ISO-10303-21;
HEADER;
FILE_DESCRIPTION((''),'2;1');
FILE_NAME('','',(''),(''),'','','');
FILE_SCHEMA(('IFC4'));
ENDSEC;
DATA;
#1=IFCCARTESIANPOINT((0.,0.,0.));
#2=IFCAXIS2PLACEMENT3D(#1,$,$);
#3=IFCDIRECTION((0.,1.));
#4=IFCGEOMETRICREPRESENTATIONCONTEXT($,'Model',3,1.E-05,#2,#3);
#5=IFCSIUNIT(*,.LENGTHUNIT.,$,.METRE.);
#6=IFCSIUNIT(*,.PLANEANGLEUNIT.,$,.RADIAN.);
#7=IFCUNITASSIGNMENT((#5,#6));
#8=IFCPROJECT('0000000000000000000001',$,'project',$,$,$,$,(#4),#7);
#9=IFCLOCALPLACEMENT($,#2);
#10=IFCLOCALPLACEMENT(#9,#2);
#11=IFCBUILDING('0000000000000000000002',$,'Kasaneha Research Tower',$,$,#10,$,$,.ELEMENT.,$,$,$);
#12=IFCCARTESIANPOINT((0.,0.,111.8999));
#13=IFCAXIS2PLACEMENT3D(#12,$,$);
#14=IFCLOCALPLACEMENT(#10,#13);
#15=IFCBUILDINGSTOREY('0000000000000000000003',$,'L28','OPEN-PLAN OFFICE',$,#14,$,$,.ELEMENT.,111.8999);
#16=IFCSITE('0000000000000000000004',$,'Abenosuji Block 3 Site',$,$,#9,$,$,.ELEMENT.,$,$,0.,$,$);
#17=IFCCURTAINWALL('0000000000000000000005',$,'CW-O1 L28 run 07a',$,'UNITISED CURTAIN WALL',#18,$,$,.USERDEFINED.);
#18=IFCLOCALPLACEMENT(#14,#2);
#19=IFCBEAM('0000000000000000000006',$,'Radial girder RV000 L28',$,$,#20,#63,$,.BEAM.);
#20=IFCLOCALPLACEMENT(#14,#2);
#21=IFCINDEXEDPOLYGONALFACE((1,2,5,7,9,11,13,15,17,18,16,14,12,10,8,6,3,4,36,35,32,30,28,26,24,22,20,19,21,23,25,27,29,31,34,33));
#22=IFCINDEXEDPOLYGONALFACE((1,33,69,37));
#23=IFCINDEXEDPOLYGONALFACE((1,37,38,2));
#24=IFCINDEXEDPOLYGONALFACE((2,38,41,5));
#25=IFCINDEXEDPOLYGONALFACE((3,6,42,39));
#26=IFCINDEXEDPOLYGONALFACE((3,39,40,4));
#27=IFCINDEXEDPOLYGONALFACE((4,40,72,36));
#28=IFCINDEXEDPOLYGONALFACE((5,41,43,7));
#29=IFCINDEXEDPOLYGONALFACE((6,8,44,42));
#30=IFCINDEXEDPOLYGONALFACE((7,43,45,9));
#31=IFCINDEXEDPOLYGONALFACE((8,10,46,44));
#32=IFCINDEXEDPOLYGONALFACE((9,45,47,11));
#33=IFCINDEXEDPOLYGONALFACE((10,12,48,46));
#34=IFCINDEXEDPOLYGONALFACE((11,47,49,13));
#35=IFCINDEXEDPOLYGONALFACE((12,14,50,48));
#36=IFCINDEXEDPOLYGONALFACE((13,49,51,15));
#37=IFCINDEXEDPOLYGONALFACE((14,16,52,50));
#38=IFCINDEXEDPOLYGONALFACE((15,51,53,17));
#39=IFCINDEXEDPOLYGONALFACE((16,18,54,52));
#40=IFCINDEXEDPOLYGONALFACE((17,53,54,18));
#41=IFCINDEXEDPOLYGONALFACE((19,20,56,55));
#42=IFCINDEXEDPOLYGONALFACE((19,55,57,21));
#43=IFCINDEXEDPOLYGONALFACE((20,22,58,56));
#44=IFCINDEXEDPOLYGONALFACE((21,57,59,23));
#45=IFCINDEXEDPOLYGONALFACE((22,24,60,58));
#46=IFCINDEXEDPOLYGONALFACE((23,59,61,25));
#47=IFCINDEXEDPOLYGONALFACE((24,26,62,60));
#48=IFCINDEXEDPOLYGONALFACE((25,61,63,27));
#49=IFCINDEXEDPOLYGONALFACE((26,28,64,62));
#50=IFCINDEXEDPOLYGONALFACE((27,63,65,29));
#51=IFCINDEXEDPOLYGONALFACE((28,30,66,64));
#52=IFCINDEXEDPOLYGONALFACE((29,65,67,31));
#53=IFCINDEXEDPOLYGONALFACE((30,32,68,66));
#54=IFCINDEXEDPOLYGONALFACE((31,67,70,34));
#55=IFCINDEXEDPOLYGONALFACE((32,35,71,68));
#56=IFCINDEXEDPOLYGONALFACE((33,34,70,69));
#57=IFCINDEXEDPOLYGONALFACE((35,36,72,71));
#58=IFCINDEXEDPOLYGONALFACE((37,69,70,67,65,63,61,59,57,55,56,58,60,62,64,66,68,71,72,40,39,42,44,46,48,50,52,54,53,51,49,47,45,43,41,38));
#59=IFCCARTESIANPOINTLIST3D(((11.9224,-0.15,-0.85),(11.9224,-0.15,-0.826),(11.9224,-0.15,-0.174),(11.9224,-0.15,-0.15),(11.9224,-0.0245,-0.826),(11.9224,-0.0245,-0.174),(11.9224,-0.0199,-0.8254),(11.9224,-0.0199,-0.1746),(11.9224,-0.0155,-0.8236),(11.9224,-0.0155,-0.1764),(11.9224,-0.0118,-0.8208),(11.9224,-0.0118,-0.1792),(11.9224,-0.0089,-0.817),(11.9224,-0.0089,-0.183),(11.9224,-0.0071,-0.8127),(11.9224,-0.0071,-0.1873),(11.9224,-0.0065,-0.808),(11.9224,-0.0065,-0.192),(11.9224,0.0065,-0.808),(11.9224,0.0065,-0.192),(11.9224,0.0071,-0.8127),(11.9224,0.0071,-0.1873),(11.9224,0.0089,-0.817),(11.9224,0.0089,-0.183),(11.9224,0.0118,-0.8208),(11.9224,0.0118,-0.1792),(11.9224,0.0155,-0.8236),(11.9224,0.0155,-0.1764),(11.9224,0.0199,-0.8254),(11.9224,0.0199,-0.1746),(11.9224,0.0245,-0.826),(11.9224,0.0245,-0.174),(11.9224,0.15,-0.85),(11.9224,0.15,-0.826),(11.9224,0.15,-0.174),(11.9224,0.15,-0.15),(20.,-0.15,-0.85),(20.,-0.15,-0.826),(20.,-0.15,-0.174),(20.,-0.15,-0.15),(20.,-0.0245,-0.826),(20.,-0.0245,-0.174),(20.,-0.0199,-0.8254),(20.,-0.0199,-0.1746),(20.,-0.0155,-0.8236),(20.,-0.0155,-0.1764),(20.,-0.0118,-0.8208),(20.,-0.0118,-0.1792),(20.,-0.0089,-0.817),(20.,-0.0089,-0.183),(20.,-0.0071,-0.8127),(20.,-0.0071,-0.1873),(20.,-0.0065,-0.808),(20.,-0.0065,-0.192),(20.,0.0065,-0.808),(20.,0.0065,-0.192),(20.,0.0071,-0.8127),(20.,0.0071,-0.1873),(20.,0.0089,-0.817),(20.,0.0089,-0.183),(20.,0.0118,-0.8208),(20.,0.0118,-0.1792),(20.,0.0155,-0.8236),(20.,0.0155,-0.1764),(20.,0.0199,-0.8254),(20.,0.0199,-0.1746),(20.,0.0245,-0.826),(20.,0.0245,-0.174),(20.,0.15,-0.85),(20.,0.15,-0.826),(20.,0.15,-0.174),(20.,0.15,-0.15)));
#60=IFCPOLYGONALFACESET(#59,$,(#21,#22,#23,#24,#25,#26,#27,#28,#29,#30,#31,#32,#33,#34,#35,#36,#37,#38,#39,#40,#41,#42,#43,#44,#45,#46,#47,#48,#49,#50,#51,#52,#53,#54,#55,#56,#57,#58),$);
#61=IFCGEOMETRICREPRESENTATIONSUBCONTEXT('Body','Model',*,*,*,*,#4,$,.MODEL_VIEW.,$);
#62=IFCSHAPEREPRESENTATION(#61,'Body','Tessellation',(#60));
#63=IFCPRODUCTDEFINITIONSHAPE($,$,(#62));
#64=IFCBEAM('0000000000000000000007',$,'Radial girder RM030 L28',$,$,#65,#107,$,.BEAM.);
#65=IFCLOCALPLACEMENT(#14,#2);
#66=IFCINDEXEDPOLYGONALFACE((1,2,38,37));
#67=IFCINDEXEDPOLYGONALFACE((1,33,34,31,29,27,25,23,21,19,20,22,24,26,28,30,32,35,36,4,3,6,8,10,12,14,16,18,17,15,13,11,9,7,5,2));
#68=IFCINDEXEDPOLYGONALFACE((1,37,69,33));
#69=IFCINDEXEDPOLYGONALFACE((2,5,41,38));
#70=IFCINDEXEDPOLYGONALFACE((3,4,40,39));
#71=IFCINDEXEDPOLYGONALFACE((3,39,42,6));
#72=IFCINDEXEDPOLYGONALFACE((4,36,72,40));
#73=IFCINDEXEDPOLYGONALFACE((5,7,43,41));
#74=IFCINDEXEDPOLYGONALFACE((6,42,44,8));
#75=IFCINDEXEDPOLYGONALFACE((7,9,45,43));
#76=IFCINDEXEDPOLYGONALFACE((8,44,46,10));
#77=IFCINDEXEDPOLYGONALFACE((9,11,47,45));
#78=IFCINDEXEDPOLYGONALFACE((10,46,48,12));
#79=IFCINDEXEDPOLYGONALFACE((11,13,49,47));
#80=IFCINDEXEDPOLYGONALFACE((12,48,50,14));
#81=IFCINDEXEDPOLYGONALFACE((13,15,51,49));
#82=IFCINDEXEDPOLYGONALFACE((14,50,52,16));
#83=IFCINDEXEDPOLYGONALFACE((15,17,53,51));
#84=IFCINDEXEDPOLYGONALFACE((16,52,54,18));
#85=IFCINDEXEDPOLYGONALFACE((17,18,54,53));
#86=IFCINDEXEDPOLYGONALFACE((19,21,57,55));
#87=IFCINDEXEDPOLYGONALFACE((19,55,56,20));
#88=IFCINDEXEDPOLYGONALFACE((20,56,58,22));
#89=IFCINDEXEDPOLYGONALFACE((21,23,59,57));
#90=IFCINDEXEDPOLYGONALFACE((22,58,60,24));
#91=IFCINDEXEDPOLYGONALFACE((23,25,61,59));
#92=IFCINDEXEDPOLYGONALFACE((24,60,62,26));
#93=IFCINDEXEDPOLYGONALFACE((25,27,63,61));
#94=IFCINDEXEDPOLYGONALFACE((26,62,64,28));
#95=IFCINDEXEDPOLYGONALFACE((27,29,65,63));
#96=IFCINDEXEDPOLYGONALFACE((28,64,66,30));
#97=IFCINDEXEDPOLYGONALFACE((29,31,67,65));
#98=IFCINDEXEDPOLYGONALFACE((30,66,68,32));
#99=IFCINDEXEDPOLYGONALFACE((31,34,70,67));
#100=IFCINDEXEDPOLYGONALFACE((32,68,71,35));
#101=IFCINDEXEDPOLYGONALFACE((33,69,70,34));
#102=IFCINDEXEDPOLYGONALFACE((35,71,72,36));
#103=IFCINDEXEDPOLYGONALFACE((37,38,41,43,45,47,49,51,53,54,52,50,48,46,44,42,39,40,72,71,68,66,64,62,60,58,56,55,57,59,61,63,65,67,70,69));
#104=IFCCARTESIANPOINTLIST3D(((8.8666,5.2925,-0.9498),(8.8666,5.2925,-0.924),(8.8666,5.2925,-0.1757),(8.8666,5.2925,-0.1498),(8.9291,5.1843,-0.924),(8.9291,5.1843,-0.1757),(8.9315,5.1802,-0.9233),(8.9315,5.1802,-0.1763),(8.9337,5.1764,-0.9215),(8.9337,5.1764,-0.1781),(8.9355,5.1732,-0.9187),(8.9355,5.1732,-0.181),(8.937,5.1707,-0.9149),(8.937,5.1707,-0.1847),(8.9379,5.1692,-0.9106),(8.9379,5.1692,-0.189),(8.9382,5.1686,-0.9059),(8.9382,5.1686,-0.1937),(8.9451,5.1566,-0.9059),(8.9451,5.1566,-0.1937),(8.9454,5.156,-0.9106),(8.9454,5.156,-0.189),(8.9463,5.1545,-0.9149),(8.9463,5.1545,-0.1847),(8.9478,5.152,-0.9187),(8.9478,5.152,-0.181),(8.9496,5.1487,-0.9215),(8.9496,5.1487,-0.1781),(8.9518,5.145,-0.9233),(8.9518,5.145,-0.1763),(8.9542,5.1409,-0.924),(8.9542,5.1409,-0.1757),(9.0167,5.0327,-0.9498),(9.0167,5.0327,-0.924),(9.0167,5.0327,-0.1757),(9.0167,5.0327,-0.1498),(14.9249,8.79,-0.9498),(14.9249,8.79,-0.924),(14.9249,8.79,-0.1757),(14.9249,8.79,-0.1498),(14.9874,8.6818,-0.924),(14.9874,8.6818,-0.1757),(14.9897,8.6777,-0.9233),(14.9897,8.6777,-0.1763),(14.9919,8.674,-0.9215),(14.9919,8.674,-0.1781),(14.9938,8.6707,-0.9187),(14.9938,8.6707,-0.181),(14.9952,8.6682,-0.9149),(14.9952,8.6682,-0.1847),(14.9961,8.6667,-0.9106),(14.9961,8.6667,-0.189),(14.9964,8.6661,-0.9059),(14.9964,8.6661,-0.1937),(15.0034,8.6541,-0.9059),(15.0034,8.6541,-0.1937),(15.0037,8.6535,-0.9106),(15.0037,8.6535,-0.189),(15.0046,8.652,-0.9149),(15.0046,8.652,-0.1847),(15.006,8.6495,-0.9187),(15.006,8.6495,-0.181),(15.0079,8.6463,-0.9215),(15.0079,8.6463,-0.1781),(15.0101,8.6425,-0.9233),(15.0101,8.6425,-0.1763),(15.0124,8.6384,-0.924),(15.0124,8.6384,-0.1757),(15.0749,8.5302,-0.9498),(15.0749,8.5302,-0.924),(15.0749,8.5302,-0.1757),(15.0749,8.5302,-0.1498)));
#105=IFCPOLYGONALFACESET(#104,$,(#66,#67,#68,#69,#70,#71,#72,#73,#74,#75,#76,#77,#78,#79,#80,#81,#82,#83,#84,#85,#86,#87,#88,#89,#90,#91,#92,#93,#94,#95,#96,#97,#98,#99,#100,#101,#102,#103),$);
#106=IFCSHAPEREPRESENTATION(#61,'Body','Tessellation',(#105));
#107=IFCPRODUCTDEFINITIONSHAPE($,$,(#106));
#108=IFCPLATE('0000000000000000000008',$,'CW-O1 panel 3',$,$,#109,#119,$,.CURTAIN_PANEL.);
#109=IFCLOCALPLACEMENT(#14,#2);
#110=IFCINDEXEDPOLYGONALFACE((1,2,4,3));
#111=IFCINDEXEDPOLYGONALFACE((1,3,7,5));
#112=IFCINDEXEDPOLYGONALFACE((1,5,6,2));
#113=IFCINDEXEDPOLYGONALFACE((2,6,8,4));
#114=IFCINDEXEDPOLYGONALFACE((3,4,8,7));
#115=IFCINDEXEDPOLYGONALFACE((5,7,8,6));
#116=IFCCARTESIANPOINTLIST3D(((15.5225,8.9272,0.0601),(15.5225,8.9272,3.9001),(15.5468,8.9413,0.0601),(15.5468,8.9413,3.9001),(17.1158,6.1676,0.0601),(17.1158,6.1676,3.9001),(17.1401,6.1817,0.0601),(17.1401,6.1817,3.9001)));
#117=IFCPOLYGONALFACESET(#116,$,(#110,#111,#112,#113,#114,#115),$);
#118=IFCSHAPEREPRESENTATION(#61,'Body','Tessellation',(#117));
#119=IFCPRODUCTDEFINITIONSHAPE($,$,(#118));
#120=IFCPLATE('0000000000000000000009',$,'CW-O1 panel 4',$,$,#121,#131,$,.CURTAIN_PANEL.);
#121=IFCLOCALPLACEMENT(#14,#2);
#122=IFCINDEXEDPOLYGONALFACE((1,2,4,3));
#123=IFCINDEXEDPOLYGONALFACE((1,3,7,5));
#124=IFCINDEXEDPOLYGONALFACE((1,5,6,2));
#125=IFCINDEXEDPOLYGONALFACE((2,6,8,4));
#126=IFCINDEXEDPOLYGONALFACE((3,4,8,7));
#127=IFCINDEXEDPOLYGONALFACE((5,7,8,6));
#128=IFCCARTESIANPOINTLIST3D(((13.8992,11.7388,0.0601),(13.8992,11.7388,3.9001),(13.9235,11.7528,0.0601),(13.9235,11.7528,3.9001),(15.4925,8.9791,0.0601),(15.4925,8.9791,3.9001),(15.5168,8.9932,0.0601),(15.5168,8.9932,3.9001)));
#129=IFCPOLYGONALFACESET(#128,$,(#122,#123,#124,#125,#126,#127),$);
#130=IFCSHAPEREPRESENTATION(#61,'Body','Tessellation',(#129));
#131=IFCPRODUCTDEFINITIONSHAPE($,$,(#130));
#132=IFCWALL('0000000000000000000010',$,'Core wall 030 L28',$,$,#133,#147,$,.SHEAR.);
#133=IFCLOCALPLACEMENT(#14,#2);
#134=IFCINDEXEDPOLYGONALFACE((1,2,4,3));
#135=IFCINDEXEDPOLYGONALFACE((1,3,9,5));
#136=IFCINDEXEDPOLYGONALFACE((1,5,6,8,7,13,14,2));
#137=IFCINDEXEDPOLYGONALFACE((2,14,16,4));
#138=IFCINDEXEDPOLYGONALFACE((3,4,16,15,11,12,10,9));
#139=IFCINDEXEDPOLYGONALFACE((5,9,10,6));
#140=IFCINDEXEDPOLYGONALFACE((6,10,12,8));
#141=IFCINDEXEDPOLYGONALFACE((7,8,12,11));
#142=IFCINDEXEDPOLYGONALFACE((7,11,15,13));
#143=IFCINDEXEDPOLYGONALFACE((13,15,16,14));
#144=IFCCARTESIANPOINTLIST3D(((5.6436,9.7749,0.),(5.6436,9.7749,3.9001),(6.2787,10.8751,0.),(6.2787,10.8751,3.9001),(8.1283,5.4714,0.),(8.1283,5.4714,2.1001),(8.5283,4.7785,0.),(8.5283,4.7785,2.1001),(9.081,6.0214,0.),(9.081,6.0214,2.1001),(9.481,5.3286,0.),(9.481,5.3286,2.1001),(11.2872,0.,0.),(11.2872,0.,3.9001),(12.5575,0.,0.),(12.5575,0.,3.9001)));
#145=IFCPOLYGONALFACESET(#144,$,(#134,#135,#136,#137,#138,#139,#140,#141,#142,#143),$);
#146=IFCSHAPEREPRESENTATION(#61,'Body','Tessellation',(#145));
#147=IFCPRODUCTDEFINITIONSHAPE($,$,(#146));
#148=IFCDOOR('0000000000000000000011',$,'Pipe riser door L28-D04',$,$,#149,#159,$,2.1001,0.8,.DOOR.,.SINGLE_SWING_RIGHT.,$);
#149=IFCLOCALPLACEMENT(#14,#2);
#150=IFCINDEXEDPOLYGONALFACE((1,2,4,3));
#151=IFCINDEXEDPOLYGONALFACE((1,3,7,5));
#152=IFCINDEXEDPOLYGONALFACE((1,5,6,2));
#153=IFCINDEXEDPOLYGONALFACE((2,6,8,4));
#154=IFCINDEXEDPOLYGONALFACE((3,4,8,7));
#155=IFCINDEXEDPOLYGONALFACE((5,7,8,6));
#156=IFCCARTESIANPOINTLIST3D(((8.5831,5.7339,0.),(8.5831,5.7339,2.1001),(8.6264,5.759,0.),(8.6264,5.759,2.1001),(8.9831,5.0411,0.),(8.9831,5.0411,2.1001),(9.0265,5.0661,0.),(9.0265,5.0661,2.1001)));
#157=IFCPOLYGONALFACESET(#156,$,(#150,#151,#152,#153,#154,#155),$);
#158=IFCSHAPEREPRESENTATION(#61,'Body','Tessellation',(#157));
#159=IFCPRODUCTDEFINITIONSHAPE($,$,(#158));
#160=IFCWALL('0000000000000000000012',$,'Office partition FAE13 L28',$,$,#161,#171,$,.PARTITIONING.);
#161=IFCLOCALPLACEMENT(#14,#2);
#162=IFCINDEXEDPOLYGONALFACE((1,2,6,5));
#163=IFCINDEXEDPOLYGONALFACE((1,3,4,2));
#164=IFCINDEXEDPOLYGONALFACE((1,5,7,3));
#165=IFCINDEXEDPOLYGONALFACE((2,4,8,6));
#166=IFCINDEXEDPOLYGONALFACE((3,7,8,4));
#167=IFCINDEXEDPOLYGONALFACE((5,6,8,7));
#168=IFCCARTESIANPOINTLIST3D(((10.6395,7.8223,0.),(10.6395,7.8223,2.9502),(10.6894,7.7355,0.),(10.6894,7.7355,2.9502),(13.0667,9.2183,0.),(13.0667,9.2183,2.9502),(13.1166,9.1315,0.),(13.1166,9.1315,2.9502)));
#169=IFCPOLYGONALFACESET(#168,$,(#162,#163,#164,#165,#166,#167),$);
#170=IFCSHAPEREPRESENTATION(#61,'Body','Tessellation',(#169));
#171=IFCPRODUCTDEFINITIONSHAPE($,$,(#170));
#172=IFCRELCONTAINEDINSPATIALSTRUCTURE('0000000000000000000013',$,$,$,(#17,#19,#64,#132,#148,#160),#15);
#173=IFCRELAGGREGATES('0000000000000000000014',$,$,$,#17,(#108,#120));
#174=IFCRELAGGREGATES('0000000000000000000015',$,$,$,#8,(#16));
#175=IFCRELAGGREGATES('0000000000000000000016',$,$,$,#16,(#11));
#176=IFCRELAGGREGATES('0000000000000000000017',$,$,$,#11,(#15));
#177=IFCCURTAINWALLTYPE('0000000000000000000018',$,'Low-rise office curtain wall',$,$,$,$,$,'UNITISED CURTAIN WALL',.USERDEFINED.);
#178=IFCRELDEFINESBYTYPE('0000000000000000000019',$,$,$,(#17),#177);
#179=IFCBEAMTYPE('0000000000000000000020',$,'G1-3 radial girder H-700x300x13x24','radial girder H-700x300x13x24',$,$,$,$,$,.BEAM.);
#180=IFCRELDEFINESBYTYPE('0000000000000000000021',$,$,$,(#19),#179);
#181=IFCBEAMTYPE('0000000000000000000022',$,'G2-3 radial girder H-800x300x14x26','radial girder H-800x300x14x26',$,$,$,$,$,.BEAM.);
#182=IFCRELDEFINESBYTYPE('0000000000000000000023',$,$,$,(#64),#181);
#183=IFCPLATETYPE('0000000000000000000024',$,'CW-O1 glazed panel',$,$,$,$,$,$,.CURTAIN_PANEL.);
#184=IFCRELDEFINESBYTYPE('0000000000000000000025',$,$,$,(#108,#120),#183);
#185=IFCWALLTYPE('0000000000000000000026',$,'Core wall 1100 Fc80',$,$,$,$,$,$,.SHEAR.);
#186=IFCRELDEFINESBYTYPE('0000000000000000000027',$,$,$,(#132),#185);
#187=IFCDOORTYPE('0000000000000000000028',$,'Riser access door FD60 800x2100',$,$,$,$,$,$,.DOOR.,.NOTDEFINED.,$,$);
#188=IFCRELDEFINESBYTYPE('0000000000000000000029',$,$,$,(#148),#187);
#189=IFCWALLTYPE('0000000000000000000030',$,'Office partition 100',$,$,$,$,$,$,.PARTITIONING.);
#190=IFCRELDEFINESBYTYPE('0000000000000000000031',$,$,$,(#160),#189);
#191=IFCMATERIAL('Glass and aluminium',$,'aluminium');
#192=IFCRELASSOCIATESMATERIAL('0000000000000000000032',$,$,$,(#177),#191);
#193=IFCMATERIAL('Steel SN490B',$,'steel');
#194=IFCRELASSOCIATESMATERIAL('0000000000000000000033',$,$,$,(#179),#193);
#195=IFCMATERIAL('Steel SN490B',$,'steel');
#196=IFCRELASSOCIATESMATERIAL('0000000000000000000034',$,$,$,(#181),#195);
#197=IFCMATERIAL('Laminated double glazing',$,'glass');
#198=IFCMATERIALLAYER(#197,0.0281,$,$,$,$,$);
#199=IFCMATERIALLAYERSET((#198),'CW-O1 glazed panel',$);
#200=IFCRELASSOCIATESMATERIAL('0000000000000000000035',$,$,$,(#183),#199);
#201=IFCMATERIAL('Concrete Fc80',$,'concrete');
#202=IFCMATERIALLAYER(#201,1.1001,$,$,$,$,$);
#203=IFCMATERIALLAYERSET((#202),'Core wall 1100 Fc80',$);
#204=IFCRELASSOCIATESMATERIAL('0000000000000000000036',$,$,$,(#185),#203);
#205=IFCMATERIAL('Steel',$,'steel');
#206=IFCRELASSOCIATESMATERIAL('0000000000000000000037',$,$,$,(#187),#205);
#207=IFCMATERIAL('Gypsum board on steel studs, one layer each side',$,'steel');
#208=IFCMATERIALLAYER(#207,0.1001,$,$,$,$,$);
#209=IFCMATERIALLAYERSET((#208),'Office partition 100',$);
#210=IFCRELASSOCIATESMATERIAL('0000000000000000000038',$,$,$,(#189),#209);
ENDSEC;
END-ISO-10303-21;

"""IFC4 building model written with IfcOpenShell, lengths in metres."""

from ifc_helpers import new_model, si_unit, direction, frame, frame_2d, origin, origin_2d, place, context, subcontext, project, spatial, polyline, rectangle, i_section, outline, extrude, material, layer, layer_set, material_profile, profile_set, type_object, element, fill, aggregate, save


model = new_model("IFC4")

# Units and contexts
model_context = context("Model", 3, precision=1e-05, world=origin(), true_north=direction((0.0, 1.0)))
body_context = subcontext(model_context, "Body", "Model", "MODEL_VIEW")
ifc_project = project(units=[si_unit("LENGTHUNIT", "METRE"), si_unit("PLANEANGLEUNIT", "RADIAN")], contexts=[model_context])

# Site, building, storey
site_placement = place(None, origin())
site = spatial("IfcSite", under=ifc_project, at=site_placement, Name="Abenosuji Block 3 Site", CompositionType="ELEMENT", RefElevation=0.0)
building_placement = place(site_placement, origin())
building = spatial("IfcBuilding", under=site, at=building_placement, Name="Kasaneha Research Tower", CompositionType="ELEMENT")
storey_placement = place(building_placement, frame((0.0, 0.0, 111.8999)))
storey = spatial("IfcBuildingStorey", under=building, at=storey_placement, Name="L28", Description="OPEN-PLAN OFFICE", CompositionType="ELEMENT", Elevation=111.8999)

# Curtain wall
ifc_material_1 = material(Name="Glass and aluminium", Category="aluminium")
curtain_wall_type = type_object("IfcCurtainWallType", Name="Low-rise office curtain wall", ElementType="UNITISED CURTAIN WALL", PredefinedType="USERDEFINED", material=ifc_material_1)
curtain_wall_placement = place(storey_placement, origin())
curtain_wall = element("IfcCurtainWall", 1, at=curtain_wall_placement, inside=storey, type_object=curtain_wall_type, Name="CW-O1 L28 run 07a", ObjectType="UNITISED CURTAIN WALL", PredefinedType="USERDEFINED")

# Beams
ifc_material_2 = material(Name="Steel SN490B", Category="steel")
ifc_material_profile_1 = material_profile(ifc_material_2, i_section(OverallWidth=0.3, OverallDepth=0.7, WebThickness=0.0129, FlangeThickness=0.0239, FilletRadius=0.0181, at=origin_2d()), Name="H-700x300x13x24")
ifc_profile_set_1 = profile_set([ifc_material_profile_1], Name="Steel SN490B")
beam_type_1 = type_object("IfcBeamType", Name="G1-3 radial girder H-700x300x13x24", Description="radial girder H-700x300x13x24", PredefinedType="BEAM", material=ifc_profile_set_1)
beam_1_placement = place(storey_placement, frame((11.9224, 0.0, -0.5), z_axis=(1.0, 0.0, 0.0), x_axis=(0.0, 1.0, 0.0)))
element("IfcBeam", 2, at=beam_1_placement, inside=storey, type_object=beam_type_1, Name="Radial girder RV000 L28", PredefinedType="BEAM", context=body_context, shape_type="SweptSolid", body=[
    extrude(i_section(OverallWidth=0.3, OverallDepth=0.7, WebThickness=0.0129, FlangeThickness=0.0239, FilletRadius=0.0181, at=origin_2d()), origin(), (0.0, 0.0, 1.0), 8.0776),
])
ifc_material_3 = material(Name="Steel SN490B", Category="steel")
ifc_material_profile_2 = material_profile(ifc_material_3, i_section(OverallWidth=0.3, OverallDepth=0.8, WebThickness=0.0139, FlangeThickness=0.0259, FilletRadius=0.0181, at=origin_2d()), Name="H-800x300x14x26")
ifc_profile_set_2 = profile_set([ifc_material_profile_2], Name="Steel SN490B")
beam_type_2 = type_object("IfcBeamType", Name="G2-3 radial girder H-800x300x14x26", Description="radial girder H-800x300x14x26", PredefinedType="BEAM", material=ifc_profile_set_2)
beam_2_placement = place(storey_placement, frame((8.9417, 5.1626, -0.5498), z_axis=(0.86604, 0.499975, 0.0), x_axis=(-0.499975, 0.86604, 0.0)))
element("IfcBeam", 3, at=beam_2_placement, inside=storey, type_object=beam_type_2, Name="Radial girder RM030 L28", PredefinedType="BEAM", context=body_context, shape_type="SweptSolid", body=[
    extrude(i_section(OverallWidth=0.3, OverallDepth=0.8, WebThickness=0.0139, FlangeThickness=0.0259, FilletRadius=0.0181, at=origin_2d()), origin(), (0.0, 0.0, 1.0), 6.9954),
])

# Plates
ifc_material_4 = material(Name="Laminated double glazing", Category="glass")
ifc_layer_1 = layer(ifc_material_4, 0.0281)
ifc_layer_set_1 = layer_set([ifc_layer_1], Name="CW-O1 glazed panel")
plate_type = type_object("IfcPlateType", Name="CW-O1 glazed panel", PredefinedType="CURTAIN_PANEL", material=ifc_layer_set_1)
plate_1_placement = place(storey_placement, frame((16.3313, 7.5544, 0.0601), z_axis=(0.0, 0.0, 1.0), x_axis=(-0.5, 0.866025, 0.0)))
plate_1 = element("IfcPlate", 4, at=plate_1_placement, type_object=plate_type, Name="CW-O1 panel 3", PredefinedType="CURTAIN_PANEL", context=body_context, shape_type="SweptSolid", body=[
    extrude(rectangle(XDim=3.1865, YDim=0.0281, at=origin_2d()), origin(), (0.0, 0.0, 1.0), 3.8401),
])
plate_2_placement = place(storey_placement, frame((14.708, 10.366, 0.0601), z_axis=(0.0, 0.0, 1.0), x_axis=(-0.5, 0.866025, 0.0)))
plate_2 = element("IfcPlate", 5, at=plate_2_placement, type_object=plate_type, Name="CW-O1 panel 4", PredefinedType="CURTAIN_PANEL", context=body_context, shape_type="SweptSolid", body=[
    extrude(rectangle(XDim=3.1865, YDim=0.0281, at=origin_2d()), origin(), (0.0, 0.0, 1.0), 3.8401),
])
aggregate(curtain_wall, [plate_1, plate_2])

# Wall, opening, door
ifc_material_5 = material(Name="Concrete Fc80", Category="concrete")
ifc_layer_2 = layer(ifc_material_5, 1.1001)
ifc_layer_set_2 = layer_set([ifc_layer_2], Name="Core wall 1100 Fc80")
wall_type_1 = type_object("IfcWallType", Name="Core wall 1100 Fc80", PredefinedType="SHEAR", material=ifc_layer_set_2)
wall_1_placement = place(storey_placement, frame((11.9224, 0.0, 0.0), z_axis=(0.0, 0.0, 1.0), x_axis=(-0.500004, 0.866023, 0.0)))
wall_1 = element("IfcWall", 6, at=wall_1_placement, inside=storey, type_object=wall_type_1, Name="Core wall 030 L28", PredefinedType="SHEAR", context=body_context, shape_type="SweptSolid", body=[
    extrude(outline(polyline([(-0.3176, -0.55), (5.8354, -0.55), (6.6355, -0.55), (12.24, -0.55), (11.6047, 0.55), (6.6355, 0.55), (5.8354, 0.55), (0.3176, 0.55), (-0.3176, -0.55)])), origin(), (0.0, 0.0, 1.0), 3.9001),
])
opening_1_placement = place(wall_1_placement, frame((5.8354, 0.0, 0.0)))
opening_1 = element("IfcOpeningElement", 7, at=opening_1_placement, cuts=wall_1, PredefinedType="OPENING", context=body_context, shape_type="SweptSolid", body=[
    extrude(rectangle(XDim=0.8, YDim=2.1001, at=frame_2d((0.3999, 1.05))), frame((0.0, 0.5601, 0.0), z_axis=(0.0, -1.0, 0.0), x_axis=(1.0, 0.0, 0.0)), (0.0, 0.0, 1.0), 1.1201),
])
ifc_material_6 = material(Name="Steel", Category="steel")
door_type_1 = type_object("IfcDoorType", Name="Riser access door FD60 800x2100", OperationType="NOTDEFINED", PredefinedType="DOOR", material=ifc_material_6)
door_1_placement = place(opening_1_placement, origin())
door_1 = element("IfcDoor", 8, at=door_1_placement, inside=storey, type_object=door_type_1, Name="Pipe riser door L28-D04", OperationType="SINGLE_SWING_RIGHT", OverallHeight=2.1001, OverallWidth=0.8, PredefinedType="DOOR", context=body_context, shape_type="SweptSolid", body=[
    extrude(rectangle(XDim=0.8, YDim=2.1001, at=frame_2d((0.3999, 1.05))), frame((0.0, 0.0249, 0.0), z_axis=(0.0, -1.0, 0.0), x_axis=(1.0, 0.0, 0.0)), (0.0, 0.0, 1.0), 0.05),
])
fill(opening_1, door_1)

# Wall
ifc_material_7 = material(Name="Gypsum board on steel studs, one layer each side", Category="steel")
ifc_layer_3 = layer(ifc_material_7, 0.1001)
ifc_layer_set_3 = layer_set([ifc_layer_3], Name="Office partition 100")
wall_type_2 = type_object("IfcWallType", Name="Office partition 100", PredefinedType="PARTITIONING", material=ifc_layer_set_3)
wall_2_placement = place(storey_placement, frame((13.0916, 9.1748, 0.0), z_axis=(0.0, 0.0, 1.0), x_axis=(-0.866855, -0.49856, 0.0)))
element("IfcWall", 9, at=wall_2_placement, inside=storey, type_object=wall_type_2, Name="Office partition FAE13 L28", PredefinedType="PARTITIONING", context=body_context, shape_type="SweptSolid", body=[
    extrude(rectangle(XDim=2.8, YDim=0.1001, at=frame_2d((1.3999, 0.0))), origin(), (0.0, 0.0, 1.0), 2.9502),
])

save(model, "model.ifc")
